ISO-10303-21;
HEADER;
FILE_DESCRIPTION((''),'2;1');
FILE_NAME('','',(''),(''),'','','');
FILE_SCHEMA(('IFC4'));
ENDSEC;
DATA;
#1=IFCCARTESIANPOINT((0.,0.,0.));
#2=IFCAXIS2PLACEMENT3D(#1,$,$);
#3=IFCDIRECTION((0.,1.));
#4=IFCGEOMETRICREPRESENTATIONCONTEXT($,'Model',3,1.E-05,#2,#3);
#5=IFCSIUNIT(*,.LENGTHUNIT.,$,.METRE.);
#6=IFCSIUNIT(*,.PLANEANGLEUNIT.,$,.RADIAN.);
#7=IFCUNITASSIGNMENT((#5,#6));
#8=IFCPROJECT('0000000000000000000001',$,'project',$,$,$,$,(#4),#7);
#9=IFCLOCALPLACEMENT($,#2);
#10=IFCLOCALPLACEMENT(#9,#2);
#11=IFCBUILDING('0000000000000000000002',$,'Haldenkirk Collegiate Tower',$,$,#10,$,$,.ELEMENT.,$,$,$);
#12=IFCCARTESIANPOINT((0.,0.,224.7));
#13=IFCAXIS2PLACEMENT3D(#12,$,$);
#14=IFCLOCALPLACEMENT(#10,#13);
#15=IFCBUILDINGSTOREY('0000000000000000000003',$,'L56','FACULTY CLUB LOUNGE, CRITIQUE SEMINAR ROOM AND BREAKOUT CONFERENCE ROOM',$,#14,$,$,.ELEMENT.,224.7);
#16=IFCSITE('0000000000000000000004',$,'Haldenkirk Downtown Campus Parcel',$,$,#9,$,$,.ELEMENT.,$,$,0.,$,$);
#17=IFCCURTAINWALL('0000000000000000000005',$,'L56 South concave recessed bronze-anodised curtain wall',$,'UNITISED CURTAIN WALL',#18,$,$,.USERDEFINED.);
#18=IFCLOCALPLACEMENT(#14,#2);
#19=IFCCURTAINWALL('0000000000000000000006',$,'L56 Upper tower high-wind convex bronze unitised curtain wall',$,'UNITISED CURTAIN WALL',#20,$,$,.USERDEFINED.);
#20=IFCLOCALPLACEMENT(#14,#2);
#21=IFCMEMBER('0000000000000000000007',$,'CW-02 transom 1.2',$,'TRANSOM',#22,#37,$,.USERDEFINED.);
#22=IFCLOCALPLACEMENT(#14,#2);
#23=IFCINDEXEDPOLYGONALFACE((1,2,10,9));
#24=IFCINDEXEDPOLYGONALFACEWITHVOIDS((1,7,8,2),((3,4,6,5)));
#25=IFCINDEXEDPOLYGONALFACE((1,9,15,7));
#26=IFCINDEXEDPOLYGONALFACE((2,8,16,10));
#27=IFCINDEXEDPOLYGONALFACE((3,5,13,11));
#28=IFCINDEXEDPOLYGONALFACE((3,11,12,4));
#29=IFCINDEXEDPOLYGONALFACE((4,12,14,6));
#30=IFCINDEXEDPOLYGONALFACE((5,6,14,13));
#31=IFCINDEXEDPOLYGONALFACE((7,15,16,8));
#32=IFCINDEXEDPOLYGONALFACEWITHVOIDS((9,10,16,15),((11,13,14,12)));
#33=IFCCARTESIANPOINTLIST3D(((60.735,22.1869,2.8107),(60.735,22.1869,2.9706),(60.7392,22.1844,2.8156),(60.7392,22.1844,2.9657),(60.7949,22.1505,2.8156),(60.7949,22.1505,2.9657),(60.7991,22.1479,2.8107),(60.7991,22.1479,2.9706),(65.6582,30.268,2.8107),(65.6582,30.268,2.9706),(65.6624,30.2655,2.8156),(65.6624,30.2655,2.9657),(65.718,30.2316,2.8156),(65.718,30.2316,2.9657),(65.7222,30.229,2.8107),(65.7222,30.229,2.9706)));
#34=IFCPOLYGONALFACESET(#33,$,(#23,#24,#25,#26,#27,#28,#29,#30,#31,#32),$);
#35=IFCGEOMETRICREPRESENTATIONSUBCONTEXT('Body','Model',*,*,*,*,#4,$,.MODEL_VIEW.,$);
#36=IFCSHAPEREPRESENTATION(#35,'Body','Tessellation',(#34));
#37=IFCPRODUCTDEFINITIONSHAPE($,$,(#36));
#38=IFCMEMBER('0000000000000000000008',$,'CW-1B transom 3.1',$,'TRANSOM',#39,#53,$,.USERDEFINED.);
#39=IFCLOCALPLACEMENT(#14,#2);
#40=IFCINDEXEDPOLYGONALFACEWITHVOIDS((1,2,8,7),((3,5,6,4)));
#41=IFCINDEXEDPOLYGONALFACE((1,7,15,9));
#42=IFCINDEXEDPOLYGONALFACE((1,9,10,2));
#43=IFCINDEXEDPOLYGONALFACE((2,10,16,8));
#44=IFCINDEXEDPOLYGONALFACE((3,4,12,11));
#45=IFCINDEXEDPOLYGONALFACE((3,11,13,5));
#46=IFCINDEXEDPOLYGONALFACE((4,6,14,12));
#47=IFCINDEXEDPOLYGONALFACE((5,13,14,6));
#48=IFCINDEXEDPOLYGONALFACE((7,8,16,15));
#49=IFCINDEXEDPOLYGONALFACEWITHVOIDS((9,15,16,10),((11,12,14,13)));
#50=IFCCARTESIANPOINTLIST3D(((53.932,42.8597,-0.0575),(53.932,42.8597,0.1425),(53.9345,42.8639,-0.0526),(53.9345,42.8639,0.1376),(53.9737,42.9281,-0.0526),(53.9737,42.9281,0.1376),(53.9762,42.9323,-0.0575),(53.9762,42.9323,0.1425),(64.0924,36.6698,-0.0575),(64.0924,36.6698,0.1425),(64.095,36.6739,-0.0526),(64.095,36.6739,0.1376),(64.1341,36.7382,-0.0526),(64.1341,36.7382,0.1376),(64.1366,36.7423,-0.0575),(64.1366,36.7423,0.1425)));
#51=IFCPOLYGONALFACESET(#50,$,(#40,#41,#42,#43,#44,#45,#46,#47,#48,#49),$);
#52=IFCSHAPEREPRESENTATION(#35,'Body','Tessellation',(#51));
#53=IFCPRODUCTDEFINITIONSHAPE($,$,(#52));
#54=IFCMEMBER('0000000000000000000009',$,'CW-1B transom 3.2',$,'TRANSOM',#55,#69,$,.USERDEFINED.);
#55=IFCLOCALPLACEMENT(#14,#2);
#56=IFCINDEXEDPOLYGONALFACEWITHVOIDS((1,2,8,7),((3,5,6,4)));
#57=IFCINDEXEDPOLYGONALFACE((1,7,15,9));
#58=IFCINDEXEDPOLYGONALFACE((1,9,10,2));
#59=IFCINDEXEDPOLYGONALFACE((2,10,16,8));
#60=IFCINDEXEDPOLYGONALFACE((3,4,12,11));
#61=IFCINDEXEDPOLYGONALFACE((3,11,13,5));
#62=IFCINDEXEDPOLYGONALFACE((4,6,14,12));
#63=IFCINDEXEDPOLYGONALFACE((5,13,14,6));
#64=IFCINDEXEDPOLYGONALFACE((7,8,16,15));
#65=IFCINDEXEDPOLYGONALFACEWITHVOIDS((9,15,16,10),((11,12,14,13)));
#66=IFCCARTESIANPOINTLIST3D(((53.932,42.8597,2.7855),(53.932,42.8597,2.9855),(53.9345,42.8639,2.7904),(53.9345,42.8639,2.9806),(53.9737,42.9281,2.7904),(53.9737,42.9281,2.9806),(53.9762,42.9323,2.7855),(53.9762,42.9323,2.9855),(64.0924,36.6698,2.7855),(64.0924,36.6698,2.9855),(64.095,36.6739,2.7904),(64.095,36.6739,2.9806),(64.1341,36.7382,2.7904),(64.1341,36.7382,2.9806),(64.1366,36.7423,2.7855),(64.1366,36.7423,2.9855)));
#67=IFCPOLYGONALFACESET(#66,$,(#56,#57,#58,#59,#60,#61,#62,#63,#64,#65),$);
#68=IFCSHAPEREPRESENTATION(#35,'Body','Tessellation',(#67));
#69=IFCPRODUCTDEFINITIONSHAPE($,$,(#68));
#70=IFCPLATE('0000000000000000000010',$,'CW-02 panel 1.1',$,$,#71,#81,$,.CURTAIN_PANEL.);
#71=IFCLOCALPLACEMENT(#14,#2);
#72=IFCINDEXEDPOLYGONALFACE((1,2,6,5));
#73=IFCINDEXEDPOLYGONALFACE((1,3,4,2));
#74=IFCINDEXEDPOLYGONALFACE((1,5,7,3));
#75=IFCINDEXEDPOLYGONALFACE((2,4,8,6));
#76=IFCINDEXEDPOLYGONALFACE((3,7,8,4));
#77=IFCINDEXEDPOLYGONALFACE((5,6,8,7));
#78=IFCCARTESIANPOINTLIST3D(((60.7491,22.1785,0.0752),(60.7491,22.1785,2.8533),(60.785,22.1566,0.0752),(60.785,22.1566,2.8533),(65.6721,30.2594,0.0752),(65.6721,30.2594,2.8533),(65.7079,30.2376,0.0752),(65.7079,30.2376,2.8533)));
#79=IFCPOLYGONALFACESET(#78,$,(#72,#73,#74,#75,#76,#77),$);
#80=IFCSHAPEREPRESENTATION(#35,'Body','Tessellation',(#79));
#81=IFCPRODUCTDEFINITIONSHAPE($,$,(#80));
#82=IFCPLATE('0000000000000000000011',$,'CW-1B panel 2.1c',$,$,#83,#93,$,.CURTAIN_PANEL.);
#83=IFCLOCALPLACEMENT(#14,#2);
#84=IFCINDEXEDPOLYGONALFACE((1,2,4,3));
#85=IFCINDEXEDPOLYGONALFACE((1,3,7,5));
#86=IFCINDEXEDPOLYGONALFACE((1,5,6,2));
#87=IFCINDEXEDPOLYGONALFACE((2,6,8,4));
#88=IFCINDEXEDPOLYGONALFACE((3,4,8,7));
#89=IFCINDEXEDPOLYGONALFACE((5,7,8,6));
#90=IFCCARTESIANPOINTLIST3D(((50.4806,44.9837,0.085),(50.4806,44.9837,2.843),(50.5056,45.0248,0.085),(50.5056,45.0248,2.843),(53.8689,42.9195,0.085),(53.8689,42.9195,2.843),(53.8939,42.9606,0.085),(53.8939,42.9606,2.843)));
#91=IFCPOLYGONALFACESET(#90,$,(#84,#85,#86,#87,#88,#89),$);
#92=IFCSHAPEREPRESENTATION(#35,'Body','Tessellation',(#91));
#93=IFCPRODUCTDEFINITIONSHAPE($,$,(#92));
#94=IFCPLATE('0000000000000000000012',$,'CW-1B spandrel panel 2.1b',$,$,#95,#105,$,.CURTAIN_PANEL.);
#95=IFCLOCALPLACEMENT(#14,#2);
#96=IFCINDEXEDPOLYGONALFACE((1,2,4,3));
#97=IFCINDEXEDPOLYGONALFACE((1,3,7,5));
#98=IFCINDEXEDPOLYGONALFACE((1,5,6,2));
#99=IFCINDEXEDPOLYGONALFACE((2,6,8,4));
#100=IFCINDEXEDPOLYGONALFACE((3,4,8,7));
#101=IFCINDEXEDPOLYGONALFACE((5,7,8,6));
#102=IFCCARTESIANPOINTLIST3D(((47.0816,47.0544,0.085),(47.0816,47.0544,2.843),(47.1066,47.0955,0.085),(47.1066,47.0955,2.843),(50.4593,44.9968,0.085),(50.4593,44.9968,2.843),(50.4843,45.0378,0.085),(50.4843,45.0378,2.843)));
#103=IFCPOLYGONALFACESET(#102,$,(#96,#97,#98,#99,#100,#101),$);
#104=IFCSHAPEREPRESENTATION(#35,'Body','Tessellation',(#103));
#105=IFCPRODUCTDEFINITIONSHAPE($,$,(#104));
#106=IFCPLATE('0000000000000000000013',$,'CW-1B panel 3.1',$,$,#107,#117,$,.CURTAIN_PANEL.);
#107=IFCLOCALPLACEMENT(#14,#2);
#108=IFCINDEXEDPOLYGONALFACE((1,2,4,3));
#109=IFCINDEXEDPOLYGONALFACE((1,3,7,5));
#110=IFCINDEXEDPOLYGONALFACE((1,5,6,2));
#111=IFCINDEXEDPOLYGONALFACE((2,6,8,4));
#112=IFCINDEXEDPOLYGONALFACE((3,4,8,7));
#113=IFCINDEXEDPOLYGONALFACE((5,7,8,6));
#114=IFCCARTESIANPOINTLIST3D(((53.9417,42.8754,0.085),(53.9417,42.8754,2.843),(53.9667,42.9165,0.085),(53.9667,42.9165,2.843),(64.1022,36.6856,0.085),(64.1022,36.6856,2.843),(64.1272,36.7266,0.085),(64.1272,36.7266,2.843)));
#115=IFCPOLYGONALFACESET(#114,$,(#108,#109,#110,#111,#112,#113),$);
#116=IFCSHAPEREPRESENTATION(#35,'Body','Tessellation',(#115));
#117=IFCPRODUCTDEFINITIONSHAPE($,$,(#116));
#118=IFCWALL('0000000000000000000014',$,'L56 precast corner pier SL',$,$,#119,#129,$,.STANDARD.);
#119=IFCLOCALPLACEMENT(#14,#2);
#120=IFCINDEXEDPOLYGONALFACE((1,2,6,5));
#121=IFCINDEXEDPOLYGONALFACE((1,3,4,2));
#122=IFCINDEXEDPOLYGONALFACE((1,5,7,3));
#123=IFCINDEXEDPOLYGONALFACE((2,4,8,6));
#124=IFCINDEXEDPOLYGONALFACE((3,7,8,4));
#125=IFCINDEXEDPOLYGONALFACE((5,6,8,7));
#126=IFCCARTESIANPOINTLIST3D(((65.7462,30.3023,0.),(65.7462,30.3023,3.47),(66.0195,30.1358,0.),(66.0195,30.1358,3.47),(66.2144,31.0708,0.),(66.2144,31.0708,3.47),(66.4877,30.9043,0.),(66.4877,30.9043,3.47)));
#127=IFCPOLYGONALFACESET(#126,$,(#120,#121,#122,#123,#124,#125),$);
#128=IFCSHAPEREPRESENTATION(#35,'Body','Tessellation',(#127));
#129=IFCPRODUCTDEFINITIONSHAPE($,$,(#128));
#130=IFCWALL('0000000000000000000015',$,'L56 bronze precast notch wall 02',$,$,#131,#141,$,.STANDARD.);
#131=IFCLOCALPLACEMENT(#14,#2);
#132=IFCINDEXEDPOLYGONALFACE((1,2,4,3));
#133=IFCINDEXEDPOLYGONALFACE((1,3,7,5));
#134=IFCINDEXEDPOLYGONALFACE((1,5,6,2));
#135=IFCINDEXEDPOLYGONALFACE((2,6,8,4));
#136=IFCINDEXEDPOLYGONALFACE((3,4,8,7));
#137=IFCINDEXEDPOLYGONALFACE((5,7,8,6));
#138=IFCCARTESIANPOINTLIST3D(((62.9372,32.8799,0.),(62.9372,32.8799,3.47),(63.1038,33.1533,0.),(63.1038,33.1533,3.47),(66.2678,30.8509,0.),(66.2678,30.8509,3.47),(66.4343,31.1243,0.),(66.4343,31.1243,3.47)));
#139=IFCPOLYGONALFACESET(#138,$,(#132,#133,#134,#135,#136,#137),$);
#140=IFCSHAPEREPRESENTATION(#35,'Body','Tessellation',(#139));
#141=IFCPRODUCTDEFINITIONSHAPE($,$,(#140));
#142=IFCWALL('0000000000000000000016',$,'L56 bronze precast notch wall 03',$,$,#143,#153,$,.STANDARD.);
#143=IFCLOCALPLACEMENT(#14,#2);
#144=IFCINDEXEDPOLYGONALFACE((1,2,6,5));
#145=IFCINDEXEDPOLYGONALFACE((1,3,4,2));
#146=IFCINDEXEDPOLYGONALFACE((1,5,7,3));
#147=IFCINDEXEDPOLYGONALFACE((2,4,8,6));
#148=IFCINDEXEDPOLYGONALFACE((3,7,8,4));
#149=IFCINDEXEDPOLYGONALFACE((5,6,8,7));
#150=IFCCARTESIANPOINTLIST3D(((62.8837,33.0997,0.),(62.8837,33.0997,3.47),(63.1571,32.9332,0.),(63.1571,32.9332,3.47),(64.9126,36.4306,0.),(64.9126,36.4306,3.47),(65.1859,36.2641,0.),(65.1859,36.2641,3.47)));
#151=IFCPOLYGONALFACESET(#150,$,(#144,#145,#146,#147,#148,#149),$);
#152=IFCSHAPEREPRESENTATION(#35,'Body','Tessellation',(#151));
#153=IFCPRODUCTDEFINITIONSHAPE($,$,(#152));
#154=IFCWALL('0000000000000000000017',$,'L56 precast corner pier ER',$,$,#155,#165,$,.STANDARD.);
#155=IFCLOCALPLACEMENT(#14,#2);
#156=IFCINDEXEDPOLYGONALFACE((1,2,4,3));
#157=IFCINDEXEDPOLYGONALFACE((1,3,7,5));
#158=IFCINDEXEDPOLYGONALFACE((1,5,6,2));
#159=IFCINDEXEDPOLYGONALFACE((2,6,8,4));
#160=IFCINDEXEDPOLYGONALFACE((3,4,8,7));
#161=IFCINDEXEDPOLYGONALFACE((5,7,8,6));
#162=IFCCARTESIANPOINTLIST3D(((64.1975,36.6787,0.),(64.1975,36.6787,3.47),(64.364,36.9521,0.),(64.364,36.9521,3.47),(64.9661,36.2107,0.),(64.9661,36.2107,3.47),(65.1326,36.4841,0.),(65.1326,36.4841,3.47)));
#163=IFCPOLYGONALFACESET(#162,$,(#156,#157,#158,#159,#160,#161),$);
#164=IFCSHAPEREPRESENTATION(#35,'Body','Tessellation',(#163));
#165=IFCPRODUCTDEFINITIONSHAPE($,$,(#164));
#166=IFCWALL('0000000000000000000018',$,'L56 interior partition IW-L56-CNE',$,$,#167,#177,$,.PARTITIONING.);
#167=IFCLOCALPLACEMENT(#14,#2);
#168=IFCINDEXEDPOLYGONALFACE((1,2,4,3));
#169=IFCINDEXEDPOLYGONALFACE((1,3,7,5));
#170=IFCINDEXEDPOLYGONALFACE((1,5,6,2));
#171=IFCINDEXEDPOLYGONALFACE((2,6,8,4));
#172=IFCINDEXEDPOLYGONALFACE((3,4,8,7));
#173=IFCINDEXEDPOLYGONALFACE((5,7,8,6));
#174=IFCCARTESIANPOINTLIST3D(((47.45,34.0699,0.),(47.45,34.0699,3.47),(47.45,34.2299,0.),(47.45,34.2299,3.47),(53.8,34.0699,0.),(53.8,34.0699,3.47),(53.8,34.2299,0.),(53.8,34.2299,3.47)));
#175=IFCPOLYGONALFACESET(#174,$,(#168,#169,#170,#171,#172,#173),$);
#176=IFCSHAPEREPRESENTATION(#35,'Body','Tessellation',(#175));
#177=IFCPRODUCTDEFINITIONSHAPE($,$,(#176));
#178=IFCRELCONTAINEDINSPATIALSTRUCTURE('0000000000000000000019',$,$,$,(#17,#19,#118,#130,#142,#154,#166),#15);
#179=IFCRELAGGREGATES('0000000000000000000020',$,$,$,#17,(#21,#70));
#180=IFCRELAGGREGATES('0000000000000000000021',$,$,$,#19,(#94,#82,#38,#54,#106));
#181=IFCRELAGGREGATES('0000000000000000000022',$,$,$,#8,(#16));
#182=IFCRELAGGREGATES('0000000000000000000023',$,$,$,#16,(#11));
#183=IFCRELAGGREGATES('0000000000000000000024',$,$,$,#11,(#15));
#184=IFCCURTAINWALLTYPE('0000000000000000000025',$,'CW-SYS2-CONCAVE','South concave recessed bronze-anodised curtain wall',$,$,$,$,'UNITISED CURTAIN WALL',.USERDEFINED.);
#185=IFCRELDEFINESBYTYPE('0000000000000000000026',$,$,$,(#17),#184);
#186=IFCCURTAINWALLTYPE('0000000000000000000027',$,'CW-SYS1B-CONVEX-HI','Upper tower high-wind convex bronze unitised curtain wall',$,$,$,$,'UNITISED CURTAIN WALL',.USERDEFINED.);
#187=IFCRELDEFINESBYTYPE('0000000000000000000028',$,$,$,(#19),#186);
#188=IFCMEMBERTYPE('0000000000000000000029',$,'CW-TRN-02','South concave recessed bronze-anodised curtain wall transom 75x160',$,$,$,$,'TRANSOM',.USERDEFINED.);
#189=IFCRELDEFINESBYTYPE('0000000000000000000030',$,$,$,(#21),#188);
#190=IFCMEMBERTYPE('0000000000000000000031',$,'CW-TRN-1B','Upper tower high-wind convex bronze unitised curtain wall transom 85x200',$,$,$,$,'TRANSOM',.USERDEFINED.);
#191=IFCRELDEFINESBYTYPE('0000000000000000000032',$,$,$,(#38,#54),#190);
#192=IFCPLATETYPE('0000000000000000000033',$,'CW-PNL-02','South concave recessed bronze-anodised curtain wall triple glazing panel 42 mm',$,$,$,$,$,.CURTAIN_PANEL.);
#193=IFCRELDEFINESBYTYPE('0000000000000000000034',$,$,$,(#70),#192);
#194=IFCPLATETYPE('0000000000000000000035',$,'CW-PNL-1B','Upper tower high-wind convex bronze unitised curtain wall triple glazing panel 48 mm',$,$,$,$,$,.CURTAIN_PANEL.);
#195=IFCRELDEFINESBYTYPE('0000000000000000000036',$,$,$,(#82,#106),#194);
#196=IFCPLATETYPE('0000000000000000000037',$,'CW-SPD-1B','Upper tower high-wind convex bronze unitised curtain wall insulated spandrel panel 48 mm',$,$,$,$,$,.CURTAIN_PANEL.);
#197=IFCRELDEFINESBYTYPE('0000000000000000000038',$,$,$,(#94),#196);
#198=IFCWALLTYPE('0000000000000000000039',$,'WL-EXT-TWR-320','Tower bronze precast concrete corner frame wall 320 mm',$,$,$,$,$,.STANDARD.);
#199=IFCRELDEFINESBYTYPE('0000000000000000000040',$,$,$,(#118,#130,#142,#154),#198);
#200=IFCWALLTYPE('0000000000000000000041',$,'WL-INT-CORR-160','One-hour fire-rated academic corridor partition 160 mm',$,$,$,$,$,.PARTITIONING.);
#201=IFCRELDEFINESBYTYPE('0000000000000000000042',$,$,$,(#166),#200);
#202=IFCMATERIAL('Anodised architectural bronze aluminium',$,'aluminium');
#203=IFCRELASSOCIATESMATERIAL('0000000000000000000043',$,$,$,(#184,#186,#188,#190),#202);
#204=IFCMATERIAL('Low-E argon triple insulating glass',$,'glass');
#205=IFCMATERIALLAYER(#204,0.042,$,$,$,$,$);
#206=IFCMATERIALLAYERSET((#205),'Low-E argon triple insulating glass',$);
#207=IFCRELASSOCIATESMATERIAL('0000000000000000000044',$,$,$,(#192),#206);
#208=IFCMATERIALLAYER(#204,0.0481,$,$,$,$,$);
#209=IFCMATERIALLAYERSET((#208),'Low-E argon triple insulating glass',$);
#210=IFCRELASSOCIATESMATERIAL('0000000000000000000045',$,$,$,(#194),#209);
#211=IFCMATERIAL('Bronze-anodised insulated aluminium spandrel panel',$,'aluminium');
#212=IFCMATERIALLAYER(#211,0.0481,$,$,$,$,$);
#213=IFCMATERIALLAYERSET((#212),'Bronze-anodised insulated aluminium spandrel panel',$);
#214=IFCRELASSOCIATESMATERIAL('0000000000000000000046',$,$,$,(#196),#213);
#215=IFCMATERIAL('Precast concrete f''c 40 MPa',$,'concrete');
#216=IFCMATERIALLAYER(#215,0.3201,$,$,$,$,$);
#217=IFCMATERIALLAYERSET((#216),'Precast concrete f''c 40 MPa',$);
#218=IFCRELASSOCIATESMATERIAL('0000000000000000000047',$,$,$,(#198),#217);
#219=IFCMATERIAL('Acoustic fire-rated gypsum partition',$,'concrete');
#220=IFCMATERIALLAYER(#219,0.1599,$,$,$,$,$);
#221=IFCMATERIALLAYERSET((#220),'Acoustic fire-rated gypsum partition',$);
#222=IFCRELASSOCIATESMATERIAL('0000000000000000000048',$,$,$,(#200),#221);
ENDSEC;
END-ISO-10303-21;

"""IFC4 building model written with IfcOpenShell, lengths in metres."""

from ifc_helpers import new_model, si_unit, direction, frame, frame_2d, origin, origin_2d, place, context, subcontext, project, spatial, rectangle, hollow_rectangle, extrude, source, transform, mapped, material, layer, layer_set, material_profile, profile_set, type_object, element, aggregate, save


model = new_model("IFC4")

# Units and contexts
model_context = context("Model", 3, precision=1e-05, world=origin(), true_north=direction((0.0, 1.0)))
body_context = subcontext(model_context, "Body", "Model", "MODEL_VIEW")
ifc_project = project(units=[si_unit("LENGTHUNIT", "METRE"), si_unit("PLANEANGLEUNIT", "RADIAN")], contexts=[model_context])

# Site, building, storey
site_placement = place(None, origin())
site = spatial("IfcSite", under=ifc_project, at=site_placement, Name="Haldenkirk Downtown Campus Parcel", CompositionType="ELEMENT", RefElevation=0.0)
building_placement = place(site_placement, origin())
building = spatial("IfcBuilding", under=site, at=building_placement, Name="Haldenkirk Collegiate Tower", CompositionType="ELEMENT")
storey_placement = place(building_placement, frame((0.0, 0.0, 224.7)))
storey = spatial("IfcBuildingStorey", under=building, at=storey_placement, Name="L56", Description="FACULTY CLUB LOUNGE, CRITIQUE SEMINAR ROOM AND BREAKOUT CONFERENCE ROOM", CompositionType="ELEMENT", Elevation=224.7)

# Curtain wall
ifc_material_1 = material(Name="Anodised architectural bronze aluminium", Category="aluminium")
curtain_wall_type_1 = type_object("IfcCurtainWallType", Name="CW-SYS2-CONCAVE", Description="South concave recessed bronze-anodised curtain wall", ElementType="UNITISED CURTAIN WALL", PredefinedType="USERDEFINED", material=ifc_material_1)
curtain_wall_1_placement = place(storey_placement, origin())
curtain_wall_1 = element("IfcCurtainWall", 1, at=curtain_wall_1_placement, inside=storey, type_object=curtain_wall_type_1, Name="L56 South concave recessed bronze-anodised curtain wall", ObjectType="UNITISED CURTAIN WALL", PredefinedType="USERDEFINED")

# Curtain wall
curtain_wall_type_2 = type_object("IfcCurtainWallType", Name="CW-SYS1B-CONVEX-HI", Description="Upper tower high-wind convex bronze unitised curtain wall", ElementType="UNITISED CURTAIN WALL", PredefinedType="USERDEFINED", material=ifc_material_1)
curtain_wall_2_placement = place(storey_placement, origin())
curtain_wall_2 = element("IfcCurtainWall", 2, at=curtain_wall_2_placement, inside=storey, type_object=curtain_wall_type_2, Name="L56 Upper tower high-wind convex bronze unitised curtain wall", ObjectType="UNITISED CURTAIN WALL", PredefinedType="USERDEFINED")

# Members
ifc_material_profile_1 = material_profile(ifc_material_1, hollow_rectangle(XDim=0.075, YDim=0.1599, WallThickness=0.0049, at=origin_2d()), Name="CW-TRN-02")
ifc_profile_set_1 = profile_set([ifc_material_profile_1], Name="Anodised architectural bronze aluminium")
member_type_1 = type_object("IfcMemberType", Name="CW-TRN-02", Description="South concave recessed bronze-anodised curtain wall transom 75x160", ElementType="TRANSOM", PredefinedType="USERDEFINED", material=ifc_profile_set_1)
member_1_placement = place(storey_placement, frame((65.6902, 30.2485, 2.8906), z_axis=(-0.52027, -0.854002, 0.0), x_axis=(0.854002, -0.52027, 0.0)))
member_1 = element("IfcMember", 3, at=member_1_placement, type_object=member_type_1, Name="CW-02 transom 1.2", ObjectType="TRANSOM", PredefinedType="USERDEFINED", context=body_context, shape_type="SweptSolid", body=[
    extrude(hollow_rectangle(XDim=0.075, YDim=0.1599, WallThickness=0.0049, at=origin_2d()), origin(), (0.0, 0.0, 1.0), 9.4626),
])
ifc_material_profile_2 = material_profile(ifc_material_1, hollow_rectangle(XDim=0.085, YDim=0.2, WallThickness=0.0049, at=origin_2d()), Name="CW-TRN-1B")
ifc_profile_set_2 = profile_set([ifc_material_profile_2], Name="Anodised architectural bronze aluminium")
member_type_2 = type_object("IfcMemberType", Name="CW-TRN-1B", Description="Upper tower high-wind convex bronze unitised curtain wall transom 85x200", ElementType="TRANSOM", PredefinedType="USERDEFINED", material=ifc_profile_set_2)
member_2_placement = place(storey_placement, frame((53.9541, 42.896, 0.0425), z_axis=(0.853999, -0.520275, 0.0), x_axis=(0.520275, 0.853999, 0.0)))
member_2 = element("IfcMember", 4, at=member_2_placement, type_object=member_type_2, Name="CW-1B transom 3.1", ObjectType="TRANSOM", PredefinedType="USERDEFINED", context=body_context, shape_type="SweptSolid", body=[
    extrude(hollow_rectangle(XDim=0.085, YDim=0.2, WallThickness=0.0049, at=origin_2d()), origin(), (0.0, 0.0, 1.0), 11.8975),
])
member_3_placement = place(storey_placement, frame((53.9541, 42.896, 2.8855), z_axis=(0.853999, -0.520275, 0.0), x_axis=(0.520275, 0.853999, 0.0)))
member_3 = element("IfcMember", 5, at=member_3_placement, type_object=member_type_2, Name="CW-1B transom 3.2", ObjectType="TRANSOM", PredefinedType="USERDEFINED", context=body_context, shape_type="SweptSolid", body=[
    extrude(hollow_rectangle(XDim=0.085, YDim=0.2, WallThickness=0.0049, at=origin_2d()), origin(), (0.0, 0.0, 1.0), 11.8975),
])

# Plates
ifc_material_2 = material(Name="Low-E argon triple insulating glass", Category="glass")
ifc_layer_1 = layer(ifc_material_2, 0.042)
ifc_layer_set_1 = layer_set([ifc_layer_1], Name="Low-E argon triple insulating glass")
plate_type_1 = type_object("IfcPlateType", Name="CW-PNL-02", Description="South concave recessed bronze-anodised curtain wall triple glazing panel 42 mm", PredefinedType="CURTAIN_PANEL", material=ifc_layer_set_1)
shared_shape_1 = source(origin(), body_context, "Body", "SweptSolid", [
    extrude(rectangle(XDim=9.4624, YDim=0.042, at=origin_2d()), origin(), (0.0, 0.0, 1.0), 2.7781),
])
plate_1_placement = place(storey_placement, frame((63.2285, 26.208, 0.0752), z_axis=(0.0, 0.0, 1.0), x_axis=(-0.520266, -0.854004, 0.0)))
plate_1 = element("IfcPlate", 6, at=plate_1_placement, type_object=plate_type_1, Name="CW-02 panel 1.1", PredefinedType="CURTAIN_PANEL", context=body_context, shape_type="MappedRepresentation", body=[
    mapped(shared_shape_1, transform((0.0, 0.0, 0.0), x_axis=(1.0, 0.0, 0.0), y_axis=(0.0, 1.0, 0.0), z_axis=(0.0, 0.0, 1.0), scale=1.0)),
])
aggregate(curtain_wall_1, [member_1, plate_1])
ifc_layer_2 = layer(ifc_material_2, 0.0481)
ifc_layer_set_2 = layer_set([ifc_layer_2], Name="Low-E argon triple insulating glass")
plate_type_2 = type_object("IfcPlateType", Name="CW-PNL-1B", Description="Upper tower high-wind convex bronze unitised curtain wall triple glazing panel 48 mm", PredefinedType="CURTAIN_PANEL", material=ifc_layer_set_2)
shared_shape_2 = source(origin(), body_context, "Body", "SweptSolid", [
    extrude(rectangle(XDim=3.9675, YDim=0.0481, at=origin_2d()), origin(), (0.0, 0.0, 1.0), 2.7581),
])
plate_2_placement = place(storey_placement, frame((52.1873, 43.9722, 0.085), z_axis=(0.0, 0.0, 1.0), x_axis=(0.854005, -0.520265, 0.0)))
plate_2 = element("IfcPlate", 7, at=plate_2_placement, type_object=plate_type_2, Name="CW-1B panel 2.1c", PredefinedType="CURTAIN_PANEL", context=body_context, shape_type="MappedRepresentation", body=[
    mapped(shared_shape_2, transform((0.0, 0.0, 0.0), x_axis=(1.0, 0.0, 0.0), y_axis=(0.0, 1.0, 0.0), z_axis=(0.0, 0.0, 1.0), scale=1.0)),
])
ifc_material_3 = material(Name="Bronze-anodised insulated aluminium spandrel panel", Category="aluminium")
ifc_layer_3 = layer(ifc_material_3, 0.0481)
ifc_layer_set_3 = layer_set([ifc_layer_3], Name="Bronze-anodised insulated aluminium spandrel panel")
plate_type_3 = type_object("IfcPlateType", Name="CW-SPD-1B", Description="Upper tower high-wind convex bronze unitised curtain wall insulated spandrel panel 48 mm", PredefinedType="CURTAIN_PANEL", material=ifc_layer_set_3)
shared_shape_3 = source(origin(), body_context, "Body", "SweptSolid", [
    extrude(rectangle(XDim=3.9551, YDim=0.0481, at=origin_2d()), origin(), (0.0, 0.0, 1.0), 2.7581),
])
plate_3_placement = place(storey_placement, frame((48.783, 46.0461, 0.085), z_axis=(0.0, 0.0, 1.0), x_axis=(0.854005, -0.520265, 0.0)))
plate_3 = element("IfcPlate", 8, at=plate_3_placement, type_object=plate_type_3, Name="CW-1B spandrel panel 2.1b", PredefinedType="CURTAIN_PANEL", context=body_context, shape_type="MappedRepresentation", body=[
    mapped(shared_shape_3, transform((0.0, 0.0, 0.0), x_axis=(1.0, 0.0, 0.0), y_axis=(0.0, 1.0, 0.0), z_axis=(0.0, 0.0, 1.0), scale=1.0)),
])
shared_shape_4 = source(origin(), body_context, "Body", "SweptSolid", [
    extrude(rectangle(XDim=11.8975, YDim=0.0481, at=origin_2d()), origin(), (0.0, 0.0, 1.0), 2.7581),
])
plate_4_placement = place(storey_placement, frame((59.0344, 39.801, 0.085), z_axis=(0.0, 0.0, 1.0), x_axis=(0.854005, -0.520265, 0.0)))
plate_4 = element("IfcPlate", 9, at=plate_4_placement, type_object=plate_type_2, Name="CW-1B panel 3.1", PredefinedType="CURTAIN_PANEL", context=body_context, shape_type="MappedRepresentation", body=[
    mapped(shared_shape_4, transform((0.0, 0.0, 0.0), x_axis=(1.0, 0.0, 0.0), y_axis=(0.0, 1.0, 0.0), z_axis=(0.0, 0.0, 1.0), scale=1.0)),
])
aggregate(curtain_wall_2, [plate_3, plate_2, member_2, member_3, plate_4])

# Walls
ifc_material_4 = material(Name="Precast concrete f'c 40 MPa", Category="concrete")
ifc_layer_4 = layer(ifc_material_4, 0.3201)
ifc_layer_set_4 = layer_set([ifc_layer_4], Name="Precast concrete f'c 40 MPa")
wall_type_1 = type_object("IfcWallType", Name="WL-EXT-TWR-320", Description="Tower bronze precast concrete corner frame wall 320 mm", PredefinedType="STANDARD", material=ifc_layer_set_4)
wall_1_placement = place(storey_placement, frame((66.3511, 30.9875, 0.0), z_axis=(0.0, 0.0, 1.0), x_axis=(-0.520308, -0.853978, 0.0)))
element("IfcWall", 10, at=wall_1_placement, inside=storey, type_object=wall_type_1, Name="L56 precast corner pier SL", PredefinedType="STANDARD", context=body_context, shape_type="SweptSolid", body=[
    extrude(rectangle(XDim=0.8999, YDim=0.3201, at=frame_2d((0.45, 0.0))), origin(), (0.0, 0.0, 1.0), 3.47),
])
wall_2_placement = place(storey_placement, frame((63.0205, 33.0166, 0.0), z_axis=(0.0, 0.0, 1.0), x_axis=(0.853999, -0.520275, 0.0)))
element("IfcWall", 11, at=wall_2_placement, inside=storey, type_object=wall_type_1, Name="L56 bronze precast notch wall 02", PredefinedType="STANDARD", context=body_context, shape_type="SweptSolid", body=[
    extrude(rectangle(XDim=3.8999, YDim=0.3201, at=frame_2d((1.95, 0.0))), origin(), (0.0, 0.0, 1.0), 3.47),
])
wall_3_placement = place(storey_placement, frame((65.0493, 36.3474, 0.0), z_axis=(0.0, 0.0, 1.0), x_axis=(-0.520201, -0.854044, 0.0)))
element("IfcWall", 12, at=wall_3_placement, inside=storey, type_object=wall_type_1, Name="L56 bronze precast notch wall 03", PredefinedType="STANDARD", context=body_context, shape_type="SweptSolid", body=[
    extrude(rectangle(XDim=3.9001, YDim=0.3201, at=frame_2d((1.9502, 0.0))), origin(), (0.0, 0.0, 1.0), 3.47),
])
wall_4_placement = place(storey_placement, frame((64.2808, 36.8154, 0.0), z_axis=(0.0, 0.0, 1.0), x_axis=(0.854099, -0.52011, 0.0)))
element("IfcWall", 13, at=wall_4_placement, inside=storey, type_object=wall_type_1, Name="L56 precast corner pier ER", PredefinedType="STANDARD", context=body_context, shape_type="SweptSolid", body=[
    extrude(rectangle(XDim=0.8999, YDim=0.3201, at=frame_2d((0.45, 0.0))), origin(), (0.0, 0.0, 1.0), 3.47),
])
ifc_material_5 = material(Name="Acoustic fire-rated gypsum partition", Category="concrete")
ifc_layer_5 = layer(ifc_material_5, 0.1599)
ifc_layer_set_5 = layer_set([ifc_layer_5], Name="Acoustic fire-rated gypsum partition")
wall_type_2 = type_object("IfcWallType", Name="WL-INT-CORR-160", Description="One-hour fire-rated academic corridor partition 160 mm", PredefinedType="PARTITIONING", material=ifc_layer_set_5)
wall_5_placement = place(storey_placement, frame((47.45, 34.1499, 0.0), z_axis=(0.0, 0.0, 1.0), x_axis=(1.0, 0.0, 0.0)))
element("IfcWall", 14, at=wall_5_placement, inside=storey, type_object=wall_type_2, Name="L56 interior partition IW-L56-CNE", PredefinedType="PARTITIONING", context=body_context, shape_type="SweptSolid", body=[
    extrude(rectangle(XDim=6.3501, YDim=0.1599, at=frame_2d((3.175, 0.0))), origin(), (0.0, 0.0, 1.0), 3.47),
])

save(model, "model.ifc")
